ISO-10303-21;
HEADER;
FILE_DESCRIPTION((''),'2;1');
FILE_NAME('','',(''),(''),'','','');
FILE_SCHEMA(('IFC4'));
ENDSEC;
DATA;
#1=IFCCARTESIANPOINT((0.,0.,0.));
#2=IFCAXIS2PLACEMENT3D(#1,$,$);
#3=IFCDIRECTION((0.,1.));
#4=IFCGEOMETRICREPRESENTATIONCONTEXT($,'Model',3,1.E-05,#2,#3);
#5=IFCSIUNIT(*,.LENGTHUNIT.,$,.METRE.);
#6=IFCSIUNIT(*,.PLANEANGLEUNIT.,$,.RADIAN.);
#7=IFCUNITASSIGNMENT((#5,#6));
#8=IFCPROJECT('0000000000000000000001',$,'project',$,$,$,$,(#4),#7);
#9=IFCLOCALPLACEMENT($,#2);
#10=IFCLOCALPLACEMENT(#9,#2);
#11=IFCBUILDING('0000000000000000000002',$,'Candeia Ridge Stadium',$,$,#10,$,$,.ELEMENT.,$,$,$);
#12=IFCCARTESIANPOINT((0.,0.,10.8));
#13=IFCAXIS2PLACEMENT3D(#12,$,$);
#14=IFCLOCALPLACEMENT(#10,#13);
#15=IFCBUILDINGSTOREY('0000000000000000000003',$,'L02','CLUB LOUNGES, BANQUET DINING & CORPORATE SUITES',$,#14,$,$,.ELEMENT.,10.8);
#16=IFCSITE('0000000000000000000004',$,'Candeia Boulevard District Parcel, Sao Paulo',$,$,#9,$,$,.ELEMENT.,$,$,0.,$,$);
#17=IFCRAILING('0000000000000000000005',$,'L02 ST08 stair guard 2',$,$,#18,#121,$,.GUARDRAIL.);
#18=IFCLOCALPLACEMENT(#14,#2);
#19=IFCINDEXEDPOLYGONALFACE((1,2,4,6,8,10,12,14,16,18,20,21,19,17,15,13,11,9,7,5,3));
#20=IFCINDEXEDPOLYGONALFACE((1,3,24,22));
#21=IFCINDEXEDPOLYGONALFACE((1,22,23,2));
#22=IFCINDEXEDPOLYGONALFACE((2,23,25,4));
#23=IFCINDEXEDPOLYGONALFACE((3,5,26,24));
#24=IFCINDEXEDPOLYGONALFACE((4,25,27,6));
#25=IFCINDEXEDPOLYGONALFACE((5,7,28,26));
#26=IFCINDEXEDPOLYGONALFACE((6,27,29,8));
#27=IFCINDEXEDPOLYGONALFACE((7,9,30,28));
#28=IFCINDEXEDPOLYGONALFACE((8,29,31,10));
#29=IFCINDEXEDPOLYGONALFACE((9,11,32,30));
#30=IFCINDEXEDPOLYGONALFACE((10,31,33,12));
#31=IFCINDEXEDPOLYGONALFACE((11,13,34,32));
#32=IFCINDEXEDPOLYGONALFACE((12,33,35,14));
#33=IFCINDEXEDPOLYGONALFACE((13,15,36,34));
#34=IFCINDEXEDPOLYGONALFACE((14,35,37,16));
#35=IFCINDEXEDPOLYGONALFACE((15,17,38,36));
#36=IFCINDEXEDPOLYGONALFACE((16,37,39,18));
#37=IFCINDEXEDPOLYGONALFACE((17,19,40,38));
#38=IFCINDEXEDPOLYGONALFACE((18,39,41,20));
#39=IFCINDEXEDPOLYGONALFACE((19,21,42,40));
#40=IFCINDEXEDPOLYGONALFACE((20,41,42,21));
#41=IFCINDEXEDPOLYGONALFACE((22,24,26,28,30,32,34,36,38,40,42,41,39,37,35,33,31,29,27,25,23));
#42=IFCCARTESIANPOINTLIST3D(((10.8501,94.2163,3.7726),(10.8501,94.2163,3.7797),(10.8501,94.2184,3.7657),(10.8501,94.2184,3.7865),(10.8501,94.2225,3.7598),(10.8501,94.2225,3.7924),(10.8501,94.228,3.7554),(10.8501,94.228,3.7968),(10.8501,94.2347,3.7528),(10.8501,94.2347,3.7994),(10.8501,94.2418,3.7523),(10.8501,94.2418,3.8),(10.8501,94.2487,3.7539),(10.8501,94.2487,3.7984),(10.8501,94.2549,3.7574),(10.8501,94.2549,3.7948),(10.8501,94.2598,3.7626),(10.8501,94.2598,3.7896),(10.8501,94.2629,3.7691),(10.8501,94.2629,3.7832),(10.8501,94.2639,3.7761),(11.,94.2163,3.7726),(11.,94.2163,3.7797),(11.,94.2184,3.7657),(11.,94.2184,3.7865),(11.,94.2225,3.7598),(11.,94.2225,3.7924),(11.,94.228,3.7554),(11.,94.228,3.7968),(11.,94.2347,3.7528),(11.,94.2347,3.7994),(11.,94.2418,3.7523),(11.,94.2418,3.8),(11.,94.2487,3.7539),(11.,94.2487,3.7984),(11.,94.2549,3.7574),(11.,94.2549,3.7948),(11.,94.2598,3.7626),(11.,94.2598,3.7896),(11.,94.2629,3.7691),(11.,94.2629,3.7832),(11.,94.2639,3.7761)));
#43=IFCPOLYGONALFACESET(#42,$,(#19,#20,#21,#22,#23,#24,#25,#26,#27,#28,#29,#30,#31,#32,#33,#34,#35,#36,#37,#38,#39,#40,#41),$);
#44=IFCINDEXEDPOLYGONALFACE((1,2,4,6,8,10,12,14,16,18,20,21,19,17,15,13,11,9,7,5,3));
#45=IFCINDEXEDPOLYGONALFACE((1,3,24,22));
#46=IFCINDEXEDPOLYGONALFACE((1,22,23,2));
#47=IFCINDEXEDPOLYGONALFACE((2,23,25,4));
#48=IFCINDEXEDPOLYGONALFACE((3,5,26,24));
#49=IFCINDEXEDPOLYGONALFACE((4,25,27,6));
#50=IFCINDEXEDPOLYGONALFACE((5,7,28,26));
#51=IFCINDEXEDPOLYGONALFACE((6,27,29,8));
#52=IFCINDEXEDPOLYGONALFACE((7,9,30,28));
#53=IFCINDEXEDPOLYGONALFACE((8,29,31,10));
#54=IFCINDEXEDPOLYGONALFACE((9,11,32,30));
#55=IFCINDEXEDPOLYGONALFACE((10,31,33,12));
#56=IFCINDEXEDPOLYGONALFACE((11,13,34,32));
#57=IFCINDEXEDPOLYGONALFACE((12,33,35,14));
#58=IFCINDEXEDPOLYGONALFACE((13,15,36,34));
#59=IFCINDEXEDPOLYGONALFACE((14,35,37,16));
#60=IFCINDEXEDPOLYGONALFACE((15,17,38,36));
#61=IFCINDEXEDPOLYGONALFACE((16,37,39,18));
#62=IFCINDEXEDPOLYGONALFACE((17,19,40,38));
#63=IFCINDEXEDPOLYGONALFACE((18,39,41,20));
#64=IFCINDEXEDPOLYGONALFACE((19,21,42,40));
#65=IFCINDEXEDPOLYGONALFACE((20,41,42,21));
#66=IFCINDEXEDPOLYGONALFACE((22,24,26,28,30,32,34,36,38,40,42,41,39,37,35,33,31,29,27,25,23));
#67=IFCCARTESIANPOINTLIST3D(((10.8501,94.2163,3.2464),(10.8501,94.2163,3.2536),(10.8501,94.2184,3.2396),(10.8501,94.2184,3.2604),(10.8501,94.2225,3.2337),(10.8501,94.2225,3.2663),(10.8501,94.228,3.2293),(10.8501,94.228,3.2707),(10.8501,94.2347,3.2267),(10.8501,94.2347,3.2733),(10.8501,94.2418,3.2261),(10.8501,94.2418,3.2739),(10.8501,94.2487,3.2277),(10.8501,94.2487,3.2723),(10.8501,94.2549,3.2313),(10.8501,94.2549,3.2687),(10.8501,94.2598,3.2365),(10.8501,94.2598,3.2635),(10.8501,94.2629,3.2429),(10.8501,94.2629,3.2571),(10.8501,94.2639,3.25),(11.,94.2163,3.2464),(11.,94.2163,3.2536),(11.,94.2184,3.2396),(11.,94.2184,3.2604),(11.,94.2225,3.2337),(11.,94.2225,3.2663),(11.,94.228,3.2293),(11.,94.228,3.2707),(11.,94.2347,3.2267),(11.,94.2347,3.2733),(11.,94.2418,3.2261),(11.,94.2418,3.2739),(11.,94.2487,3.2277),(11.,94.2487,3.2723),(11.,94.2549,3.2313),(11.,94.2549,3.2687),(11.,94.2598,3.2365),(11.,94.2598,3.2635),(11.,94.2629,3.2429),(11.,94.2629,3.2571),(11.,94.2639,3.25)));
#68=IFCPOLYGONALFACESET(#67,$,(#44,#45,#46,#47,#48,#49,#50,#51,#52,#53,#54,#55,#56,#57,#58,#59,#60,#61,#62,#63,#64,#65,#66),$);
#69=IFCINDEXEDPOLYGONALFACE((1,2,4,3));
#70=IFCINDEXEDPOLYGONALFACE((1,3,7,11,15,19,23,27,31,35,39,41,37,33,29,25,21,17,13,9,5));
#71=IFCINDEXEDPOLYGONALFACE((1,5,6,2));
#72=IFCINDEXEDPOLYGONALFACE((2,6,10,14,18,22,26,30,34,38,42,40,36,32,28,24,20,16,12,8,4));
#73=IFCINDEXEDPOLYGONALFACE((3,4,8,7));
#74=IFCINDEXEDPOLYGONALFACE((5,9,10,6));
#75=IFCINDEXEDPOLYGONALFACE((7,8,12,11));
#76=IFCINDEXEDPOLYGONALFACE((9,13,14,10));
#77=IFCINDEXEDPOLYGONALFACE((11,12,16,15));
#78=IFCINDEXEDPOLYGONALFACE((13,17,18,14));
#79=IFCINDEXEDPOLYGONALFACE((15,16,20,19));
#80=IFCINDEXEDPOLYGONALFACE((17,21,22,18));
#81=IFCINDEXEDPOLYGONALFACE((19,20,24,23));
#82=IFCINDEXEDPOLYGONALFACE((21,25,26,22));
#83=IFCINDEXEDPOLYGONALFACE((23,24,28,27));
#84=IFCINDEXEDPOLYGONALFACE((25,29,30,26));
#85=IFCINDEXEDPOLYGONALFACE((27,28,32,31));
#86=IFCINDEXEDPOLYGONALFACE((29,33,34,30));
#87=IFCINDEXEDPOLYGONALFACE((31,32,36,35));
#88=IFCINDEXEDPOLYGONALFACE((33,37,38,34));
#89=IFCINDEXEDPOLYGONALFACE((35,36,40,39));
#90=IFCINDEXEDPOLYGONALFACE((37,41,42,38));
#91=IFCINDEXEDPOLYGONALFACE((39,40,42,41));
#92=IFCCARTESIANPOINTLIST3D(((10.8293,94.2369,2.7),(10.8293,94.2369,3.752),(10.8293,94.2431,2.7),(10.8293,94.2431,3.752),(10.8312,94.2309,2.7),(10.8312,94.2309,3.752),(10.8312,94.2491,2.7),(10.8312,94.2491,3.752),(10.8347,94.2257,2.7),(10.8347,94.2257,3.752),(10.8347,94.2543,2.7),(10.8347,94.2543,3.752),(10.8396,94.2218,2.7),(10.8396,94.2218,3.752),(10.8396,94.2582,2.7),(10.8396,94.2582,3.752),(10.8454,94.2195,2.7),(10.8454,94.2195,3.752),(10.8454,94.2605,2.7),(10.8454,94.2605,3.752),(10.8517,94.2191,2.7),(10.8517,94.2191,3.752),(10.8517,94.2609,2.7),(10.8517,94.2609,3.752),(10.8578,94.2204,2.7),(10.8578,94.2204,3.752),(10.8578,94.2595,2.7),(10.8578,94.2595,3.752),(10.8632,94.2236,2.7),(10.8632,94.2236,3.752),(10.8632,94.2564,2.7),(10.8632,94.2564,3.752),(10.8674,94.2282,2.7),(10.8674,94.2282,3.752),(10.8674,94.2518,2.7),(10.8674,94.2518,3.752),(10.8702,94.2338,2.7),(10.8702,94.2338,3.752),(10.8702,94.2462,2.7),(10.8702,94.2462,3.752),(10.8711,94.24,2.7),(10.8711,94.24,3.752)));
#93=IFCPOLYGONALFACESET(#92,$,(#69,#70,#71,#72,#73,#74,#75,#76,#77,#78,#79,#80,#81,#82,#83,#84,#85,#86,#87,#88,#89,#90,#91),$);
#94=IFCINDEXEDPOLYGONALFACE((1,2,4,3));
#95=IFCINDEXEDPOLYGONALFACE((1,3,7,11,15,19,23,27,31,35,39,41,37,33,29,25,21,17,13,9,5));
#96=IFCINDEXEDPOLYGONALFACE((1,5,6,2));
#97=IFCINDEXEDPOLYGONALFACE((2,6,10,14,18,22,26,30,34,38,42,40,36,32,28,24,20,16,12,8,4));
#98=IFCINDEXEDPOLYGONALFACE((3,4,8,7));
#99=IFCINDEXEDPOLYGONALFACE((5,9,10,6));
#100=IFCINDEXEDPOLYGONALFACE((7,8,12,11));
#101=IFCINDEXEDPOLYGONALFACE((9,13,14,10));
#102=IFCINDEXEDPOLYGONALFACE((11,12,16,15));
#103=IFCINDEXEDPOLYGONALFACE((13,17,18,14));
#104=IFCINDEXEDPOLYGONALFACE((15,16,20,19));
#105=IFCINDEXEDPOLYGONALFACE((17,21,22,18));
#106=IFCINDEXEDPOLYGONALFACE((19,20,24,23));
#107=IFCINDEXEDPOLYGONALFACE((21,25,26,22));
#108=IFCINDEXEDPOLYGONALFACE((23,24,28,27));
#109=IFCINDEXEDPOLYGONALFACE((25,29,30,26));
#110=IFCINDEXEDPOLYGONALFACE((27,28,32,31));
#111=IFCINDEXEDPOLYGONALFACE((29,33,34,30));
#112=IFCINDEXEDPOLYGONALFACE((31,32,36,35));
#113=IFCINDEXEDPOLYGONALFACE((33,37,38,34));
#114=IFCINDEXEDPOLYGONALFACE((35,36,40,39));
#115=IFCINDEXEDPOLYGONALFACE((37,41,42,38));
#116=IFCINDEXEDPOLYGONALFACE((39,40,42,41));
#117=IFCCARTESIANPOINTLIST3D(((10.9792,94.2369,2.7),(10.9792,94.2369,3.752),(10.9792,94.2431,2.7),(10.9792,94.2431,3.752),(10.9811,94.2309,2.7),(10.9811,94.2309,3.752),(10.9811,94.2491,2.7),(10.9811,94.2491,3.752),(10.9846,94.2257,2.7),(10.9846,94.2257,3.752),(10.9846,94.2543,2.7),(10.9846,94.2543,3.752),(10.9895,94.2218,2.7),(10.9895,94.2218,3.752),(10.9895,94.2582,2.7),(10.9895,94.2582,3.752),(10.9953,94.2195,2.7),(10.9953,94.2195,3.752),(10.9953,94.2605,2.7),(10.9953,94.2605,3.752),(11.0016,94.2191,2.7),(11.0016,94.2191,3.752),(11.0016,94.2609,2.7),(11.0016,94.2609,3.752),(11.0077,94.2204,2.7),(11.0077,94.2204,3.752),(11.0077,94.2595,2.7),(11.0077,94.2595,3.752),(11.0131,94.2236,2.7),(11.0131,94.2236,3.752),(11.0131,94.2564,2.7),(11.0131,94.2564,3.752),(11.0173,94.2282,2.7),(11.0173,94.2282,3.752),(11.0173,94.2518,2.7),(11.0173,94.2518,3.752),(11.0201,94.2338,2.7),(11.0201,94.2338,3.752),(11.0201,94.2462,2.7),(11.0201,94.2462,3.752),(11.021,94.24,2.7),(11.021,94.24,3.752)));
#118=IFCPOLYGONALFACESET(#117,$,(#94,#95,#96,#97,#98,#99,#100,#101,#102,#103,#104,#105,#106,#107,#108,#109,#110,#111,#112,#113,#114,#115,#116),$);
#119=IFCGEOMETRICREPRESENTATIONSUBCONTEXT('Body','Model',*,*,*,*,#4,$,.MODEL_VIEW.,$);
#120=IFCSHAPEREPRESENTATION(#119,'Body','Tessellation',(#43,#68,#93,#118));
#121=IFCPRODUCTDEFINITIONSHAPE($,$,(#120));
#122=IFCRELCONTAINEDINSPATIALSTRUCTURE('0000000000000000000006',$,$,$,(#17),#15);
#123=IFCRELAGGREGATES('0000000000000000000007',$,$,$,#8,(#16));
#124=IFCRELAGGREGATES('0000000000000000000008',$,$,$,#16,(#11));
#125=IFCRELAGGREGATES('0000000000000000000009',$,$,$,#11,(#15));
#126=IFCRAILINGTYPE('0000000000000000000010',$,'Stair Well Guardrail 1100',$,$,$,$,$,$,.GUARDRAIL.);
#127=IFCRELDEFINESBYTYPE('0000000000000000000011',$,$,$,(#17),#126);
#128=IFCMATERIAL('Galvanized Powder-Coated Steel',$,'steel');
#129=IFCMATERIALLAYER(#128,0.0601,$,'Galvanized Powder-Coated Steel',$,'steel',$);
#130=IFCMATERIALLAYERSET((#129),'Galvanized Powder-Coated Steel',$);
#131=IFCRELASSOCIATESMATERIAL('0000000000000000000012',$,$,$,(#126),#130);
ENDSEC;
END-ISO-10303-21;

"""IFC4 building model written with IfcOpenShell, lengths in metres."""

from ifc_helpers import new_model, si_unit, direction, frame, origin, origin_2d, place, context, subcontext, project, spatial, circle, extrude, material, layer, layer_set, type_object, element, save


model = new_model("IFC4")

# Units and contexts
model_context = context("Model", 3, precision=1e-05, world=origin(), true_north=direction((0.0, 1.0)))
body_context = subcontext(model_context, "Body", "Model", "MODEL_VIEW")
ifc_project = project(units=[si_unit("LENGTHUNIT", "METRE"), si_unit("PLANEANGLEUNIT", "RADIAN")], contexts=[model_context])

# Site, building, storey
site_placement = place(None, origin())
site = spatial("IfcSite", under=ifc_project, at=site_placement, Name="Candeia Boulevard District Parcel, Sao Paulo", CompositionType="ELEMENT", RefElevation=0.0)
building_placement = place(site_placement, origin())
building = spatial("IfcBuilding", under=site, at=building_placement, Name="Candeia Ridge Stadium", CompositionType="ELEMENT")
storey_placement = place(building_placement, frame((0.0, 0.0, 10.8)))
storey = spatial("IfcBuildingStorey", under=building, at=storey_placement, Name="L02", Description="CLUB LOUNGES, BANQUET DINING & CORPORATE SUITES", CompositionType="ELEMENT", Elevation=10.8)

# Railing
ifc_material_1 = material(Name="Galvanized Powder-Coated Steel", Category="steel")
ifc_layer_1 = layer(ifc_material_1, 0.0601, Name="Galvanized Powder-Coated Steel", Category="steel")
ifc_layer_set_1 = layer_set([ifc_layer_1], Name="Galvanized Powder-Coated Steel")
railing_type_1 = type_object("IfcRailingType", Name="Stair Well Guardrail 1100", PredefinedType="GUARDRAIL", material=ifc_layer_set_1)
railing_1_placement = place(storey_placement, frame((10.8501, 94.24, 2.7)))
element("IfcRailing", 1, at=railing_1_placement, inside=storey, type_object=railing_type_1, Name="L02 ST08 stair guard 2", PredefinedType="GUARDRAIL", context=body_context, shape_type="SweptSolid", body=[
    extrude(circle(Radius=0.0239, at=origin_2d()), frame((0.0, 0.0, 1.0762), z_axis=(1.0, 0.0, 0.0), x_axis=(0.0, 1.0, 0.0)), (0.0, 0.0, 1.0), 0.1499),
    extrude(circle(Radius=0.0239, at=origin_2d()), frame((0.0, 0.0, 0.55), z_axis=(1.0, 0.0, 0.0), x_axis=(0.0, 1.0, 0.0)), (0.0, 0.0, 1.0), 0.1499),
    extrude(circle(Radius=0.021, at=origin_2d()), origin(), (0.0, 0.0, 1.0), 1.052),
    extrude(circle(Radius=0.021, at=origin_2d()), frame((0.1499, 0.0, 0.0)), (0.0, 0.0, 1.0), 1.052),
])

save(model, "model.ifc")
